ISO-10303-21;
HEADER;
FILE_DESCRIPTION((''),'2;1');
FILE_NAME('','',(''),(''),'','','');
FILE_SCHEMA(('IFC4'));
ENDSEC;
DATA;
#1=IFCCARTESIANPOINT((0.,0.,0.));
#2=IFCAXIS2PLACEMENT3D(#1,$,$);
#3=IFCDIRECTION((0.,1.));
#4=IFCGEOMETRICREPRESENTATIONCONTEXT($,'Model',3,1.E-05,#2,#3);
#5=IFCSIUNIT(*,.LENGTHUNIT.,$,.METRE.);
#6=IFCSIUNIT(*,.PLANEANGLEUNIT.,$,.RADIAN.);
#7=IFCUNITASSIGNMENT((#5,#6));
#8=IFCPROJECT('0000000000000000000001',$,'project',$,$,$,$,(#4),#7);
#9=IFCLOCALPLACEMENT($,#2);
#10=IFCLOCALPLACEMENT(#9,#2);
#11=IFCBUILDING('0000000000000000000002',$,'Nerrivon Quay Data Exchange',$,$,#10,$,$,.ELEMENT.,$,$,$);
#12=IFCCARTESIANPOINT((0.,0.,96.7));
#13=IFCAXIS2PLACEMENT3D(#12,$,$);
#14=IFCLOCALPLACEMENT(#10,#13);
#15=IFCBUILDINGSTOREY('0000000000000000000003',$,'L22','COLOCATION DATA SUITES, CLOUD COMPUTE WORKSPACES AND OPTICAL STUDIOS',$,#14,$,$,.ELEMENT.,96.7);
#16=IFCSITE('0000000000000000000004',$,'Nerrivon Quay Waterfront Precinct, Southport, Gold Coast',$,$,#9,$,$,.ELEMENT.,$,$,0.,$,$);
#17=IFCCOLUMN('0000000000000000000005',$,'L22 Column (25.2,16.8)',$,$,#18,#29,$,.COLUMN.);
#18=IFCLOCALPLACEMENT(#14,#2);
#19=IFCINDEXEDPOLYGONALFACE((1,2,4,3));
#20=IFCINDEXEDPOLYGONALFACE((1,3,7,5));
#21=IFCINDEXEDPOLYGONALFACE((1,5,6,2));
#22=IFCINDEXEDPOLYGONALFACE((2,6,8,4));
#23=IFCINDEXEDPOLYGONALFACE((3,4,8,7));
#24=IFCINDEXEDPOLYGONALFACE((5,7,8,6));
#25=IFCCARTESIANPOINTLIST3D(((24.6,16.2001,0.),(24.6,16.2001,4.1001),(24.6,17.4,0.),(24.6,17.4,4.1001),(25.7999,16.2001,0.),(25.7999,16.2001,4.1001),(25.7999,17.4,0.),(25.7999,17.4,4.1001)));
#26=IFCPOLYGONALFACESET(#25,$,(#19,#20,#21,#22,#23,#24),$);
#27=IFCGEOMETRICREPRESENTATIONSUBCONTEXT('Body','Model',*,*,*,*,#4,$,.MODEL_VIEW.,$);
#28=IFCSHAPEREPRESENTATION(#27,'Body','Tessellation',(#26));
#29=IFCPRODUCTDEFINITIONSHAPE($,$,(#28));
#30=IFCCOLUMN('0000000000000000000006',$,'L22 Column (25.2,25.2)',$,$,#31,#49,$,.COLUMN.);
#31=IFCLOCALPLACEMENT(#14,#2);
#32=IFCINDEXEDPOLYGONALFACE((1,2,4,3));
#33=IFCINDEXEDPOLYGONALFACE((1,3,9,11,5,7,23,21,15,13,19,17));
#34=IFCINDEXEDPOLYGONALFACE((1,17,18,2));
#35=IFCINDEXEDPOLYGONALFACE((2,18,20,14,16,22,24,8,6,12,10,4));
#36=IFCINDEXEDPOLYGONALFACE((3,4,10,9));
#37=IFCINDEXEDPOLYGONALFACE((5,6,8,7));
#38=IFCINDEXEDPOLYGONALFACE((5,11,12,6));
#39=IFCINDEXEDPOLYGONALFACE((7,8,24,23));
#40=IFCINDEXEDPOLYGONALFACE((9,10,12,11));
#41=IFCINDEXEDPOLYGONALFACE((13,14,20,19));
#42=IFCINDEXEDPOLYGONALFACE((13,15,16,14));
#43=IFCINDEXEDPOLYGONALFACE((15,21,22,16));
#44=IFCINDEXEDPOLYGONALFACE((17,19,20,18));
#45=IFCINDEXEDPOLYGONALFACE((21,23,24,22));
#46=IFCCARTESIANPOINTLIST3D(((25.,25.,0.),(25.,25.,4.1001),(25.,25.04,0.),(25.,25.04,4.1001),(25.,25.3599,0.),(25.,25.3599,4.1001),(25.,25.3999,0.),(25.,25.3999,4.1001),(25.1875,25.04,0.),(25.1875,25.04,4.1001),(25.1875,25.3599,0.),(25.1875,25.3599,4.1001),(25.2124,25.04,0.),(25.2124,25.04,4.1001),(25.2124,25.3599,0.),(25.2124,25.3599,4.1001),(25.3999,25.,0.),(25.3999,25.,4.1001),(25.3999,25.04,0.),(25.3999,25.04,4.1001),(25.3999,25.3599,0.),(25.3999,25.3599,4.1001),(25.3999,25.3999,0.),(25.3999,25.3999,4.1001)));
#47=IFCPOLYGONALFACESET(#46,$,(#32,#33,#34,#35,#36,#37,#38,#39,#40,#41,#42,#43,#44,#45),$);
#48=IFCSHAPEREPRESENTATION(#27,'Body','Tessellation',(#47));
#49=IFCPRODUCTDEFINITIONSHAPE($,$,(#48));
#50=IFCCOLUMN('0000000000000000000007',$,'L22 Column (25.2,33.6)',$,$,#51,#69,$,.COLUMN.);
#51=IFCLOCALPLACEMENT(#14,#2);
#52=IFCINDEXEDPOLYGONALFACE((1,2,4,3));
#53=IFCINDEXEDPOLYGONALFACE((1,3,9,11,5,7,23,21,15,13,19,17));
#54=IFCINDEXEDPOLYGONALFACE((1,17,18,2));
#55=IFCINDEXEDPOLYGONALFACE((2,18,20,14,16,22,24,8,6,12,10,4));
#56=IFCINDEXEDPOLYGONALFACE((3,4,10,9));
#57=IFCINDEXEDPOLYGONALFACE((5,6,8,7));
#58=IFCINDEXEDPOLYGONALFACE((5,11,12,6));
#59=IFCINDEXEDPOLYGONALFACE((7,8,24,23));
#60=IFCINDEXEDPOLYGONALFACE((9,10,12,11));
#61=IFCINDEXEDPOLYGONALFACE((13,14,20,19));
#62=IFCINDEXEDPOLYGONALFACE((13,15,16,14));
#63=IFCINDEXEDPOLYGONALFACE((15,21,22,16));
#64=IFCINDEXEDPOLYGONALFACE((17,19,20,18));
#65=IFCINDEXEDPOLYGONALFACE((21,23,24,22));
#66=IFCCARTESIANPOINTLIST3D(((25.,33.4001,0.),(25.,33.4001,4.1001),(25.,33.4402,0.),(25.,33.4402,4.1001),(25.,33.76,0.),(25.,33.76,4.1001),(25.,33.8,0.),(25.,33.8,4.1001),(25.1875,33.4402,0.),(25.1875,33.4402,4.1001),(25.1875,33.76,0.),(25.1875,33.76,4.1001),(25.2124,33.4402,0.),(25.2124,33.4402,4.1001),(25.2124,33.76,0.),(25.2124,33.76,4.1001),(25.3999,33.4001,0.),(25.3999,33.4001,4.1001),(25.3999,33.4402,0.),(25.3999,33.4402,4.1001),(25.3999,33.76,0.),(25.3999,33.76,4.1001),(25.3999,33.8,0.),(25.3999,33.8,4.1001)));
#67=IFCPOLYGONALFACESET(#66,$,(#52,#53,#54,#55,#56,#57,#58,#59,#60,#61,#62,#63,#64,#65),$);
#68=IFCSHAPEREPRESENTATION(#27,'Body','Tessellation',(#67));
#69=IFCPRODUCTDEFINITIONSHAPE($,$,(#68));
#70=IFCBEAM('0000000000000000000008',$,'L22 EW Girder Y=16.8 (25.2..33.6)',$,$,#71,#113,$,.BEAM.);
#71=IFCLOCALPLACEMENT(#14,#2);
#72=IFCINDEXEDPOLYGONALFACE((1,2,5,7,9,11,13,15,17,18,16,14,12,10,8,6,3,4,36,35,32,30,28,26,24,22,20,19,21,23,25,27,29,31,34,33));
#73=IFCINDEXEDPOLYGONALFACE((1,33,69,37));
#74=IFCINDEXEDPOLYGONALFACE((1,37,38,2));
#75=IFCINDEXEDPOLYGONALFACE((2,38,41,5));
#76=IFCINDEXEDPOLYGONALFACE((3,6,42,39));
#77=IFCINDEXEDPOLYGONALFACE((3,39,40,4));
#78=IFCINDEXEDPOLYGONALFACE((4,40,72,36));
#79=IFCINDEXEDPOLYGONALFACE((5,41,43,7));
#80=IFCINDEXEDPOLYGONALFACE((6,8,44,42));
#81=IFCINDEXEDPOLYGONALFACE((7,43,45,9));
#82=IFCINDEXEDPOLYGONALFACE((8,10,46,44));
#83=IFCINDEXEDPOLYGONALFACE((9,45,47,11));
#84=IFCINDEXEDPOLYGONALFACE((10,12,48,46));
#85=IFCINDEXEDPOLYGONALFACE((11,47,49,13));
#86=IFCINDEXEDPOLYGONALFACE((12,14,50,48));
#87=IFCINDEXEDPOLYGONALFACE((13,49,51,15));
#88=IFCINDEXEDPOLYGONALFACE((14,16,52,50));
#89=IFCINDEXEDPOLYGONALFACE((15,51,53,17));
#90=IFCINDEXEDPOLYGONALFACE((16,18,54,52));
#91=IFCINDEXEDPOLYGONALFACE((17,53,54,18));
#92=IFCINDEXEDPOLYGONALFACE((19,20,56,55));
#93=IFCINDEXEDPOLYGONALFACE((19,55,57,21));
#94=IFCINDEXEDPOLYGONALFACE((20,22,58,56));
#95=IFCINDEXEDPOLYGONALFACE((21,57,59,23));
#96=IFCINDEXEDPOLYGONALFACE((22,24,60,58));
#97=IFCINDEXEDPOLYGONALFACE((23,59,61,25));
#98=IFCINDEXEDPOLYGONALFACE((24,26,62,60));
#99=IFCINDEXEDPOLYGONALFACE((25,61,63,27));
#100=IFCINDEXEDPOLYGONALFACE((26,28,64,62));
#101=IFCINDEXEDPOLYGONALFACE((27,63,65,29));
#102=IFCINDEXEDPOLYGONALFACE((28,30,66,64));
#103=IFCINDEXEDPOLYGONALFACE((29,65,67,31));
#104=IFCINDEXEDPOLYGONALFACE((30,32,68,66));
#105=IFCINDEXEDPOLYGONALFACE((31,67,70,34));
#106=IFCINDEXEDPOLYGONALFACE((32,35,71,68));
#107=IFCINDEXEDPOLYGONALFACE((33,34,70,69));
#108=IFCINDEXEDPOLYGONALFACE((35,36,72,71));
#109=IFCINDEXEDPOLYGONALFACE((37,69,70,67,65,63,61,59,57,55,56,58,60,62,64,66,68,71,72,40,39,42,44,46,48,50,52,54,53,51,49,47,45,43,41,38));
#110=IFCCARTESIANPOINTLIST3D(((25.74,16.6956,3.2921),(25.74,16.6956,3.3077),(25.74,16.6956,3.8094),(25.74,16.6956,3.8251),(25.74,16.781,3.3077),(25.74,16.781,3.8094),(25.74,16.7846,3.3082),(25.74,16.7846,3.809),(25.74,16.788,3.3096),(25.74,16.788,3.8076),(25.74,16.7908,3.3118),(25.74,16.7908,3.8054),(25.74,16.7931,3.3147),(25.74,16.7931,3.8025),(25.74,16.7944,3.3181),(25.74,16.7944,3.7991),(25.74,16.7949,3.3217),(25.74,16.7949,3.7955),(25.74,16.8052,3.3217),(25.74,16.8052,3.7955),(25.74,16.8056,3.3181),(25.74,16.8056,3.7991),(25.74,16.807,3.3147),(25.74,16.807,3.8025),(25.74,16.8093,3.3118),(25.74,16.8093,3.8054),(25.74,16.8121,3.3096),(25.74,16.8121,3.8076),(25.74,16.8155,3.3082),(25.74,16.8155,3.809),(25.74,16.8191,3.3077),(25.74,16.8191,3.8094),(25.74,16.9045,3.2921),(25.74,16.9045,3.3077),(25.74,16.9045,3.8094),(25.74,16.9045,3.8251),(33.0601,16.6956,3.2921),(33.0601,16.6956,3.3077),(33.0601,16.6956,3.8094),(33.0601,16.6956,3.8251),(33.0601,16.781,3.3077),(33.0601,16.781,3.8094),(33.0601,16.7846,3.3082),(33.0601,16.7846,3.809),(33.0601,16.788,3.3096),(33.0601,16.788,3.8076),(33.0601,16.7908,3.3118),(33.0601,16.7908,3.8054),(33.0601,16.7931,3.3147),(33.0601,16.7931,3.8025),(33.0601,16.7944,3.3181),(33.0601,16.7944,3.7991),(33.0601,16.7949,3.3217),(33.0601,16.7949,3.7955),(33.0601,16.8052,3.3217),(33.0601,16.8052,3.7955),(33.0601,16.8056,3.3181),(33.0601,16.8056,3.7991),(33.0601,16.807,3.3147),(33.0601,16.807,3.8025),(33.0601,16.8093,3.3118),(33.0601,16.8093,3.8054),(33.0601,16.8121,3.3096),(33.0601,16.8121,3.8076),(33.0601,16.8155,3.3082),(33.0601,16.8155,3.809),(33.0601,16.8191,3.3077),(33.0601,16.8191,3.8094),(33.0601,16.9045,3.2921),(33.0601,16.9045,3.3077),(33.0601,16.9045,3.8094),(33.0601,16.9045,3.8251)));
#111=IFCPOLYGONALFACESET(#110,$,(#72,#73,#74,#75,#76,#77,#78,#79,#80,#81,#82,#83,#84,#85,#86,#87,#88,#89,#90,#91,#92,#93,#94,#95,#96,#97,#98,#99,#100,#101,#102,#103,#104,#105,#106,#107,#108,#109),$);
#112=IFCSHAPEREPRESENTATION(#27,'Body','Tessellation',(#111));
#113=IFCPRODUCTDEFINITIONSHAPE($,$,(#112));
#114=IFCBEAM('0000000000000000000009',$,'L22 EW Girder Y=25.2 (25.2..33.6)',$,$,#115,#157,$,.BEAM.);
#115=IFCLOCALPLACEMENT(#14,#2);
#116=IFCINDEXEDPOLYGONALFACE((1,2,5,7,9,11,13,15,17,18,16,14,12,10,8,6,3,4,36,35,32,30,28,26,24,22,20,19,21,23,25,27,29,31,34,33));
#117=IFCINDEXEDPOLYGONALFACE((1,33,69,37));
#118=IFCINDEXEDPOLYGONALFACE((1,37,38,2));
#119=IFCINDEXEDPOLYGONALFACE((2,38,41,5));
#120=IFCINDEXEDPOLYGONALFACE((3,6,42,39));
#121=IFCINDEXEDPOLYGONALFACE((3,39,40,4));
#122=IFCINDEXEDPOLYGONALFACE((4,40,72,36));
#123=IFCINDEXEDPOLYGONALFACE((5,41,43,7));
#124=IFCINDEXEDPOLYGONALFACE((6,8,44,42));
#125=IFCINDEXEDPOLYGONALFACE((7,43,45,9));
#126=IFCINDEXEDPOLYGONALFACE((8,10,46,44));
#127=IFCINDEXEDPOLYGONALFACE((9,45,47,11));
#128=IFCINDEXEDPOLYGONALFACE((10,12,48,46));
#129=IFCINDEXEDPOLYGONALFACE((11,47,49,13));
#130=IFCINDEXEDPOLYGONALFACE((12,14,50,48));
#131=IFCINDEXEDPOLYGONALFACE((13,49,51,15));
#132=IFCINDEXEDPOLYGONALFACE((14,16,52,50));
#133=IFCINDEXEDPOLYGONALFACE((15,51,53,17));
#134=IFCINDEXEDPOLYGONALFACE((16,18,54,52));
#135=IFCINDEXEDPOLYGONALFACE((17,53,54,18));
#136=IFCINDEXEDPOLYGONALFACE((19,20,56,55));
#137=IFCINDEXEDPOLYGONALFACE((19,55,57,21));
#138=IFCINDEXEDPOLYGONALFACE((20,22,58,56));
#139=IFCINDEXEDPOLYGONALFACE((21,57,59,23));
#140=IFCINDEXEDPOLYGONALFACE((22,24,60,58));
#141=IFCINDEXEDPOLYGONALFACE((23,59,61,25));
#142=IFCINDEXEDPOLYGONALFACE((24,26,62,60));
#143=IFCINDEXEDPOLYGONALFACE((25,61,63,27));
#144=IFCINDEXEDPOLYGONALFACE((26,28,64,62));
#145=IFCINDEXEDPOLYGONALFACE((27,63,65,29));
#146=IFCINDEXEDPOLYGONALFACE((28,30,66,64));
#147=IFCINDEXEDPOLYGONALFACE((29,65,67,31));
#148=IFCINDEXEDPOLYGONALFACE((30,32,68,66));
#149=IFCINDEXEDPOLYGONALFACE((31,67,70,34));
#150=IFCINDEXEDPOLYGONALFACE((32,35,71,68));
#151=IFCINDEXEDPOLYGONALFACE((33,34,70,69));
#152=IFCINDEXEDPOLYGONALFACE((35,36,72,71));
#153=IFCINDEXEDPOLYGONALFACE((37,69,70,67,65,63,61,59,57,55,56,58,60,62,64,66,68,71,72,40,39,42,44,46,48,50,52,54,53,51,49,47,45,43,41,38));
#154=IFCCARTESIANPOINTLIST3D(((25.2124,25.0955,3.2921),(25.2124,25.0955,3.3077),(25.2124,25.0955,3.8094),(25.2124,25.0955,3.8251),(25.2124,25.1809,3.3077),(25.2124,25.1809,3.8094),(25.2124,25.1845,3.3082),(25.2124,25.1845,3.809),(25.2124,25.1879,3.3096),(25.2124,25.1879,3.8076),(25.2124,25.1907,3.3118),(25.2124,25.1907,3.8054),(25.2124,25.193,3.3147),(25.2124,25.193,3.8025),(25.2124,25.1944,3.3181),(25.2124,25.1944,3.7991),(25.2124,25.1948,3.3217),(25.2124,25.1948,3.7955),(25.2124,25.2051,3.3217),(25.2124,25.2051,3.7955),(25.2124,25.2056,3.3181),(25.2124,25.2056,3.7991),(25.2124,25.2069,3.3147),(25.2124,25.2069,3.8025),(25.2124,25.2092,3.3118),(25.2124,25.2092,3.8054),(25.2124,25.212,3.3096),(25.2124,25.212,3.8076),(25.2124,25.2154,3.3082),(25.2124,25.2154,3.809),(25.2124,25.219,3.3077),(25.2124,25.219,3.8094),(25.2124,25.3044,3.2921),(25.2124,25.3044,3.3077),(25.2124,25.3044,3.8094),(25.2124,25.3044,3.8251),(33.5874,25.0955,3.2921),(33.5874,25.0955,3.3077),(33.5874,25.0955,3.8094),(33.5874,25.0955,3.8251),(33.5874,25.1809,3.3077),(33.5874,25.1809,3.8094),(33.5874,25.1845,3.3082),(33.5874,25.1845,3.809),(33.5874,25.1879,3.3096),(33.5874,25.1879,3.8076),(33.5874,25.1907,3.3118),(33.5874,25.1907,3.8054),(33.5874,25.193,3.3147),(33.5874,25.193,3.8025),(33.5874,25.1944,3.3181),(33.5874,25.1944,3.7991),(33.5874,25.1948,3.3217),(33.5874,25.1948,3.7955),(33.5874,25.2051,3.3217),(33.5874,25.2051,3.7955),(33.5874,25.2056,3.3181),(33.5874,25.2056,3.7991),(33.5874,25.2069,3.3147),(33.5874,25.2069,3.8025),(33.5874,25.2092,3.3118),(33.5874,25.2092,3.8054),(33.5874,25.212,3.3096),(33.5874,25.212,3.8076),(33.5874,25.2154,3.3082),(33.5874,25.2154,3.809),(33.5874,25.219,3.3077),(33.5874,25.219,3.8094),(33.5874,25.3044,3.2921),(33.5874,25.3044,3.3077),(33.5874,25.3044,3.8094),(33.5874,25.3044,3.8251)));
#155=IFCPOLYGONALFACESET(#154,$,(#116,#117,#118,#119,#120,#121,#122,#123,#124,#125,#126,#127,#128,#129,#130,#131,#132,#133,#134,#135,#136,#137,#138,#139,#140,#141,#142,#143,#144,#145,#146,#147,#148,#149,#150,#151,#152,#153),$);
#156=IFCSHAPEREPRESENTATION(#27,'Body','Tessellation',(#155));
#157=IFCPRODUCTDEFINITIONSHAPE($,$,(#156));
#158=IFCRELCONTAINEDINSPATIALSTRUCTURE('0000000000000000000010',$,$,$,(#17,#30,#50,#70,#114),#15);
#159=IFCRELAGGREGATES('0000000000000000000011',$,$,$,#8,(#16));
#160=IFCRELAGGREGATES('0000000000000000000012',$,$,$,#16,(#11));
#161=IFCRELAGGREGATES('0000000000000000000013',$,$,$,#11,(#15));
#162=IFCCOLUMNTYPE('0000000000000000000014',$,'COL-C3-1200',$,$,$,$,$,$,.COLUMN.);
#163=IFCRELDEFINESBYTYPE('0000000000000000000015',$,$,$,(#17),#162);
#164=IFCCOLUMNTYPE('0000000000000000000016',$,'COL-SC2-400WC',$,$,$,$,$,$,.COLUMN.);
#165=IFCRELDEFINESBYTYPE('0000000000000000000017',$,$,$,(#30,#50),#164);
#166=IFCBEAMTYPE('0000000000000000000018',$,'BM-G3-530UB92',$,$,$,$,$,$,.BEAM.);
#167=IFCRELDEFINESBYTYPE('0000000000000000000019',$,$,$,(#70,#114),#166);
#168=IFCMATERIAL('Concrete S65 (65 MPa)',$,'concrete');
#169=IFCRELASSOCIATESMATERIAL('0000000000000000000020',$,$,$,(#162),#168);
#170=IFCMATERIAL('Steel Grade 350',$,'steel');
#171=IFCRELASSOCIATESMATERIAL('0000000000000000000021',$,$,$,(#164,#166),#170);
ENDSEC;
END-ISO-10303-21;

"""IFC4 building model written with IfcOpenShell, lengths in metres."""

from ifc_helpers import new_model, si_unit, direction, frame, origin, origin_2d, place, context, subcontext, project, spatial, rectangle, i_section, extrude, material, material_profile, profile_set, type_object, element, save


model = new_model("IFC4")

# Units and contexts
model_context = context("Model", 3, precision=1e-05, world=origin(), true_north=direction((0.0, 1.0)))
body_context = subcontext(model_context, "Body", "Model", "MODEL_VIEW")
ifc_project = project(units=[si_unit("LENGTHUNIT", "METRE"), si_unit("PLANEANGLEUNIT", "RADIAN")], contexts=[model_context])

# Site, building, storey
site_placement = place(None, origin())
site = spatial("IfcSite", under=ifc_project, at=site_placement, Name="Nerrivon Quay Waterfront Precinct, Southport, Gold Coast", CompositionType="ELEMENT", RefElevation=0.0)
building_placement = place(site_placement, origin())
building = spatial("IfcBuilding", under=site, at=building_placement, Name="Nerrivon Quay Data Exchange", CompositionType="ELEMENT")
storey_placement = place(building_placement, frame((0.0, 0.0, 96.7)))
storey = spatial("IfcBuildingStorey", under=building, at=storey_placement, Name="L22", Description="COLOCATION DATA SUITES, CLOUD COMPUTE WORKSPACES AND OPTICAL STUDIOS", CompositionType="ELEMENT", Elevation=96.7)

# Columns
ifc_material_1 = material(Name="Concrete S65 (65 MPa)", Category="concrete")
ifc_material_profile_1 = material_profile(ifc_material_1, rectangle(XDim=1.2, YDim=1.2, at=origin_2d()), Name="RC-COL-1200x1200")
ifc_profile_set_1 = profile_set([ifc_material_profile_1], Name="Concrete S65 (65 MPa)")
column_type_1 = type_object("IfcColumnType", Name="COL-C3-1200", PredefinedType="COLUMN", material=ifc_profile_set_1)
column_placement = place(storey_placement, frame((25.2, 16.8, 0.0), z_axis=(0.0, 0.0, 1.0), x_axis=(1.0, 0.0, 0.0)))
element("IfcColumn", 1, at=column_placement, inside=storey, type_object=column_type_1, Name="L22 Column (25.2,16.8)", PredefinedType="COLUMN", context=body_context, shape_type="SweptSolid", body=[
    extrude(rectangle(XDim=1.2, YDim=1.2, at=origin_2d()), origin(), (0.0, 0.0, 1.0), 4.1001),
])
ifc_material_2 = material(Name="Steel Grade 350", Category="steel")
ifc_material_profile_2 = material_profile(ifc_material_2, i_section(OverallWidth=0.3999, OverallDepth=0.3999, WebThickness=0.0249, FlangeThickness=0.04, at=origin_2d()), Name="400WC328")
ifc_profile_set_2 = profile_set([ifc_material_profile_2], Name="Steel Grade 350")
column_type_2 = type_object("IfcColumnType", Name="COL-SC2-400WC", PredefinedType="COLUMN", material=ifc_profile_set_2)
for number, where, z_axis, x_axis, name in (
    (2, (25.2, 25.2, 0.0), (0.0, 0.0, 1.0), (1.0, 0.0, 0.0), "L22 Column (25.2,25.2)"),
    (3, (25.2, 33.6001, 0.0), (0.0, 0.0, 1.0), (1.0, 0.0, 0.0), "L22 Column (25.2,33.6)"),
):
    element("IfcColumn", number, at=place(storey_placement, frame(where, z_axis=z_axis, x_axis=x_axis)), inside=storey, type_object=column_type_2, Name=name, PredefinedType="COLUMN", context=body_context, shape_type="SweptSolid", body=[
        extrude(i_section(OverallWidth=0.3999, OverallDepth=0.3999, WebThickness=0.0249, FlangeThickness=0.04, at=origin_2d()), origin(), (0.0, 0.0, 1.0), 4.1001),
    ])

# Beams
ifc_material_profile_3 = material_profile(ifc_material_2, i_section(OverallWidth=0.209, OverallDepth=0.533, WebThickness=0.0103, FlangeThickness=0.0156, FilletRadius=0.0139, at=origin_2d()), Name="530UB92.4")
ifc_profile_set_3 = profile_set([ifc_material_profile_3], Name="Steel Grade 350")
beam_type_1 = type_object("IfcBeamType", Name="BM-G3-530UB92", PredefinedType="BEAM", material=ifc_profile_set_3)
beam_1_placement = place(storey_placement, frame((25.74, 16.8, 3.5586), z_axis=(1.0, 0.0, 0.0), x_axis=(0.0, 1.0, 0.0)))
element("IfcBeam", 4, at=beam_1_placement, inside=storey, type_object=beam_type_1, Name="L22 EW Girder Y=16.8 (25.2..33.6)", PredefinedType="BEAM", context=body_context, shape_type="SweptSolid", body=[
    extrude(i_section(OverallWidth=0.209, OverallDepth=0.533, WebThickness=0.0103, FlangeThickness=0.0156, FilletRadius=0.0139, at=origin_2d()), origin(), (0.0, 0.0, 1.0), 7.3201),
])
beam_2_placement = place(storey_placement, frame((25.2124, 25.2, 3.5586), z_axis=(1.0, 0.0, 0.0), x_axis=(0.0, 1.0, 0.0)))
element("IfcBeam", 5, at=beam_2_placement, inside=storey, type_object=beam_type_1, Name="L22 EW Girder Y=25.2 (25.2..33.6)", PredefinedType="BEAM", context=body_context, shape_type="SweptSolid", body=[
    extrude(i_section(OverallWidth=0.209, OverallDepth=0.533, WebThickness=0.0103, FlangeThickness=0.0156, FilletRadius=0.0139, at=origin_2d()), origin(), (0.0, 0.0, 1.0), 8.375),
])

save(model, "model.ifc")
